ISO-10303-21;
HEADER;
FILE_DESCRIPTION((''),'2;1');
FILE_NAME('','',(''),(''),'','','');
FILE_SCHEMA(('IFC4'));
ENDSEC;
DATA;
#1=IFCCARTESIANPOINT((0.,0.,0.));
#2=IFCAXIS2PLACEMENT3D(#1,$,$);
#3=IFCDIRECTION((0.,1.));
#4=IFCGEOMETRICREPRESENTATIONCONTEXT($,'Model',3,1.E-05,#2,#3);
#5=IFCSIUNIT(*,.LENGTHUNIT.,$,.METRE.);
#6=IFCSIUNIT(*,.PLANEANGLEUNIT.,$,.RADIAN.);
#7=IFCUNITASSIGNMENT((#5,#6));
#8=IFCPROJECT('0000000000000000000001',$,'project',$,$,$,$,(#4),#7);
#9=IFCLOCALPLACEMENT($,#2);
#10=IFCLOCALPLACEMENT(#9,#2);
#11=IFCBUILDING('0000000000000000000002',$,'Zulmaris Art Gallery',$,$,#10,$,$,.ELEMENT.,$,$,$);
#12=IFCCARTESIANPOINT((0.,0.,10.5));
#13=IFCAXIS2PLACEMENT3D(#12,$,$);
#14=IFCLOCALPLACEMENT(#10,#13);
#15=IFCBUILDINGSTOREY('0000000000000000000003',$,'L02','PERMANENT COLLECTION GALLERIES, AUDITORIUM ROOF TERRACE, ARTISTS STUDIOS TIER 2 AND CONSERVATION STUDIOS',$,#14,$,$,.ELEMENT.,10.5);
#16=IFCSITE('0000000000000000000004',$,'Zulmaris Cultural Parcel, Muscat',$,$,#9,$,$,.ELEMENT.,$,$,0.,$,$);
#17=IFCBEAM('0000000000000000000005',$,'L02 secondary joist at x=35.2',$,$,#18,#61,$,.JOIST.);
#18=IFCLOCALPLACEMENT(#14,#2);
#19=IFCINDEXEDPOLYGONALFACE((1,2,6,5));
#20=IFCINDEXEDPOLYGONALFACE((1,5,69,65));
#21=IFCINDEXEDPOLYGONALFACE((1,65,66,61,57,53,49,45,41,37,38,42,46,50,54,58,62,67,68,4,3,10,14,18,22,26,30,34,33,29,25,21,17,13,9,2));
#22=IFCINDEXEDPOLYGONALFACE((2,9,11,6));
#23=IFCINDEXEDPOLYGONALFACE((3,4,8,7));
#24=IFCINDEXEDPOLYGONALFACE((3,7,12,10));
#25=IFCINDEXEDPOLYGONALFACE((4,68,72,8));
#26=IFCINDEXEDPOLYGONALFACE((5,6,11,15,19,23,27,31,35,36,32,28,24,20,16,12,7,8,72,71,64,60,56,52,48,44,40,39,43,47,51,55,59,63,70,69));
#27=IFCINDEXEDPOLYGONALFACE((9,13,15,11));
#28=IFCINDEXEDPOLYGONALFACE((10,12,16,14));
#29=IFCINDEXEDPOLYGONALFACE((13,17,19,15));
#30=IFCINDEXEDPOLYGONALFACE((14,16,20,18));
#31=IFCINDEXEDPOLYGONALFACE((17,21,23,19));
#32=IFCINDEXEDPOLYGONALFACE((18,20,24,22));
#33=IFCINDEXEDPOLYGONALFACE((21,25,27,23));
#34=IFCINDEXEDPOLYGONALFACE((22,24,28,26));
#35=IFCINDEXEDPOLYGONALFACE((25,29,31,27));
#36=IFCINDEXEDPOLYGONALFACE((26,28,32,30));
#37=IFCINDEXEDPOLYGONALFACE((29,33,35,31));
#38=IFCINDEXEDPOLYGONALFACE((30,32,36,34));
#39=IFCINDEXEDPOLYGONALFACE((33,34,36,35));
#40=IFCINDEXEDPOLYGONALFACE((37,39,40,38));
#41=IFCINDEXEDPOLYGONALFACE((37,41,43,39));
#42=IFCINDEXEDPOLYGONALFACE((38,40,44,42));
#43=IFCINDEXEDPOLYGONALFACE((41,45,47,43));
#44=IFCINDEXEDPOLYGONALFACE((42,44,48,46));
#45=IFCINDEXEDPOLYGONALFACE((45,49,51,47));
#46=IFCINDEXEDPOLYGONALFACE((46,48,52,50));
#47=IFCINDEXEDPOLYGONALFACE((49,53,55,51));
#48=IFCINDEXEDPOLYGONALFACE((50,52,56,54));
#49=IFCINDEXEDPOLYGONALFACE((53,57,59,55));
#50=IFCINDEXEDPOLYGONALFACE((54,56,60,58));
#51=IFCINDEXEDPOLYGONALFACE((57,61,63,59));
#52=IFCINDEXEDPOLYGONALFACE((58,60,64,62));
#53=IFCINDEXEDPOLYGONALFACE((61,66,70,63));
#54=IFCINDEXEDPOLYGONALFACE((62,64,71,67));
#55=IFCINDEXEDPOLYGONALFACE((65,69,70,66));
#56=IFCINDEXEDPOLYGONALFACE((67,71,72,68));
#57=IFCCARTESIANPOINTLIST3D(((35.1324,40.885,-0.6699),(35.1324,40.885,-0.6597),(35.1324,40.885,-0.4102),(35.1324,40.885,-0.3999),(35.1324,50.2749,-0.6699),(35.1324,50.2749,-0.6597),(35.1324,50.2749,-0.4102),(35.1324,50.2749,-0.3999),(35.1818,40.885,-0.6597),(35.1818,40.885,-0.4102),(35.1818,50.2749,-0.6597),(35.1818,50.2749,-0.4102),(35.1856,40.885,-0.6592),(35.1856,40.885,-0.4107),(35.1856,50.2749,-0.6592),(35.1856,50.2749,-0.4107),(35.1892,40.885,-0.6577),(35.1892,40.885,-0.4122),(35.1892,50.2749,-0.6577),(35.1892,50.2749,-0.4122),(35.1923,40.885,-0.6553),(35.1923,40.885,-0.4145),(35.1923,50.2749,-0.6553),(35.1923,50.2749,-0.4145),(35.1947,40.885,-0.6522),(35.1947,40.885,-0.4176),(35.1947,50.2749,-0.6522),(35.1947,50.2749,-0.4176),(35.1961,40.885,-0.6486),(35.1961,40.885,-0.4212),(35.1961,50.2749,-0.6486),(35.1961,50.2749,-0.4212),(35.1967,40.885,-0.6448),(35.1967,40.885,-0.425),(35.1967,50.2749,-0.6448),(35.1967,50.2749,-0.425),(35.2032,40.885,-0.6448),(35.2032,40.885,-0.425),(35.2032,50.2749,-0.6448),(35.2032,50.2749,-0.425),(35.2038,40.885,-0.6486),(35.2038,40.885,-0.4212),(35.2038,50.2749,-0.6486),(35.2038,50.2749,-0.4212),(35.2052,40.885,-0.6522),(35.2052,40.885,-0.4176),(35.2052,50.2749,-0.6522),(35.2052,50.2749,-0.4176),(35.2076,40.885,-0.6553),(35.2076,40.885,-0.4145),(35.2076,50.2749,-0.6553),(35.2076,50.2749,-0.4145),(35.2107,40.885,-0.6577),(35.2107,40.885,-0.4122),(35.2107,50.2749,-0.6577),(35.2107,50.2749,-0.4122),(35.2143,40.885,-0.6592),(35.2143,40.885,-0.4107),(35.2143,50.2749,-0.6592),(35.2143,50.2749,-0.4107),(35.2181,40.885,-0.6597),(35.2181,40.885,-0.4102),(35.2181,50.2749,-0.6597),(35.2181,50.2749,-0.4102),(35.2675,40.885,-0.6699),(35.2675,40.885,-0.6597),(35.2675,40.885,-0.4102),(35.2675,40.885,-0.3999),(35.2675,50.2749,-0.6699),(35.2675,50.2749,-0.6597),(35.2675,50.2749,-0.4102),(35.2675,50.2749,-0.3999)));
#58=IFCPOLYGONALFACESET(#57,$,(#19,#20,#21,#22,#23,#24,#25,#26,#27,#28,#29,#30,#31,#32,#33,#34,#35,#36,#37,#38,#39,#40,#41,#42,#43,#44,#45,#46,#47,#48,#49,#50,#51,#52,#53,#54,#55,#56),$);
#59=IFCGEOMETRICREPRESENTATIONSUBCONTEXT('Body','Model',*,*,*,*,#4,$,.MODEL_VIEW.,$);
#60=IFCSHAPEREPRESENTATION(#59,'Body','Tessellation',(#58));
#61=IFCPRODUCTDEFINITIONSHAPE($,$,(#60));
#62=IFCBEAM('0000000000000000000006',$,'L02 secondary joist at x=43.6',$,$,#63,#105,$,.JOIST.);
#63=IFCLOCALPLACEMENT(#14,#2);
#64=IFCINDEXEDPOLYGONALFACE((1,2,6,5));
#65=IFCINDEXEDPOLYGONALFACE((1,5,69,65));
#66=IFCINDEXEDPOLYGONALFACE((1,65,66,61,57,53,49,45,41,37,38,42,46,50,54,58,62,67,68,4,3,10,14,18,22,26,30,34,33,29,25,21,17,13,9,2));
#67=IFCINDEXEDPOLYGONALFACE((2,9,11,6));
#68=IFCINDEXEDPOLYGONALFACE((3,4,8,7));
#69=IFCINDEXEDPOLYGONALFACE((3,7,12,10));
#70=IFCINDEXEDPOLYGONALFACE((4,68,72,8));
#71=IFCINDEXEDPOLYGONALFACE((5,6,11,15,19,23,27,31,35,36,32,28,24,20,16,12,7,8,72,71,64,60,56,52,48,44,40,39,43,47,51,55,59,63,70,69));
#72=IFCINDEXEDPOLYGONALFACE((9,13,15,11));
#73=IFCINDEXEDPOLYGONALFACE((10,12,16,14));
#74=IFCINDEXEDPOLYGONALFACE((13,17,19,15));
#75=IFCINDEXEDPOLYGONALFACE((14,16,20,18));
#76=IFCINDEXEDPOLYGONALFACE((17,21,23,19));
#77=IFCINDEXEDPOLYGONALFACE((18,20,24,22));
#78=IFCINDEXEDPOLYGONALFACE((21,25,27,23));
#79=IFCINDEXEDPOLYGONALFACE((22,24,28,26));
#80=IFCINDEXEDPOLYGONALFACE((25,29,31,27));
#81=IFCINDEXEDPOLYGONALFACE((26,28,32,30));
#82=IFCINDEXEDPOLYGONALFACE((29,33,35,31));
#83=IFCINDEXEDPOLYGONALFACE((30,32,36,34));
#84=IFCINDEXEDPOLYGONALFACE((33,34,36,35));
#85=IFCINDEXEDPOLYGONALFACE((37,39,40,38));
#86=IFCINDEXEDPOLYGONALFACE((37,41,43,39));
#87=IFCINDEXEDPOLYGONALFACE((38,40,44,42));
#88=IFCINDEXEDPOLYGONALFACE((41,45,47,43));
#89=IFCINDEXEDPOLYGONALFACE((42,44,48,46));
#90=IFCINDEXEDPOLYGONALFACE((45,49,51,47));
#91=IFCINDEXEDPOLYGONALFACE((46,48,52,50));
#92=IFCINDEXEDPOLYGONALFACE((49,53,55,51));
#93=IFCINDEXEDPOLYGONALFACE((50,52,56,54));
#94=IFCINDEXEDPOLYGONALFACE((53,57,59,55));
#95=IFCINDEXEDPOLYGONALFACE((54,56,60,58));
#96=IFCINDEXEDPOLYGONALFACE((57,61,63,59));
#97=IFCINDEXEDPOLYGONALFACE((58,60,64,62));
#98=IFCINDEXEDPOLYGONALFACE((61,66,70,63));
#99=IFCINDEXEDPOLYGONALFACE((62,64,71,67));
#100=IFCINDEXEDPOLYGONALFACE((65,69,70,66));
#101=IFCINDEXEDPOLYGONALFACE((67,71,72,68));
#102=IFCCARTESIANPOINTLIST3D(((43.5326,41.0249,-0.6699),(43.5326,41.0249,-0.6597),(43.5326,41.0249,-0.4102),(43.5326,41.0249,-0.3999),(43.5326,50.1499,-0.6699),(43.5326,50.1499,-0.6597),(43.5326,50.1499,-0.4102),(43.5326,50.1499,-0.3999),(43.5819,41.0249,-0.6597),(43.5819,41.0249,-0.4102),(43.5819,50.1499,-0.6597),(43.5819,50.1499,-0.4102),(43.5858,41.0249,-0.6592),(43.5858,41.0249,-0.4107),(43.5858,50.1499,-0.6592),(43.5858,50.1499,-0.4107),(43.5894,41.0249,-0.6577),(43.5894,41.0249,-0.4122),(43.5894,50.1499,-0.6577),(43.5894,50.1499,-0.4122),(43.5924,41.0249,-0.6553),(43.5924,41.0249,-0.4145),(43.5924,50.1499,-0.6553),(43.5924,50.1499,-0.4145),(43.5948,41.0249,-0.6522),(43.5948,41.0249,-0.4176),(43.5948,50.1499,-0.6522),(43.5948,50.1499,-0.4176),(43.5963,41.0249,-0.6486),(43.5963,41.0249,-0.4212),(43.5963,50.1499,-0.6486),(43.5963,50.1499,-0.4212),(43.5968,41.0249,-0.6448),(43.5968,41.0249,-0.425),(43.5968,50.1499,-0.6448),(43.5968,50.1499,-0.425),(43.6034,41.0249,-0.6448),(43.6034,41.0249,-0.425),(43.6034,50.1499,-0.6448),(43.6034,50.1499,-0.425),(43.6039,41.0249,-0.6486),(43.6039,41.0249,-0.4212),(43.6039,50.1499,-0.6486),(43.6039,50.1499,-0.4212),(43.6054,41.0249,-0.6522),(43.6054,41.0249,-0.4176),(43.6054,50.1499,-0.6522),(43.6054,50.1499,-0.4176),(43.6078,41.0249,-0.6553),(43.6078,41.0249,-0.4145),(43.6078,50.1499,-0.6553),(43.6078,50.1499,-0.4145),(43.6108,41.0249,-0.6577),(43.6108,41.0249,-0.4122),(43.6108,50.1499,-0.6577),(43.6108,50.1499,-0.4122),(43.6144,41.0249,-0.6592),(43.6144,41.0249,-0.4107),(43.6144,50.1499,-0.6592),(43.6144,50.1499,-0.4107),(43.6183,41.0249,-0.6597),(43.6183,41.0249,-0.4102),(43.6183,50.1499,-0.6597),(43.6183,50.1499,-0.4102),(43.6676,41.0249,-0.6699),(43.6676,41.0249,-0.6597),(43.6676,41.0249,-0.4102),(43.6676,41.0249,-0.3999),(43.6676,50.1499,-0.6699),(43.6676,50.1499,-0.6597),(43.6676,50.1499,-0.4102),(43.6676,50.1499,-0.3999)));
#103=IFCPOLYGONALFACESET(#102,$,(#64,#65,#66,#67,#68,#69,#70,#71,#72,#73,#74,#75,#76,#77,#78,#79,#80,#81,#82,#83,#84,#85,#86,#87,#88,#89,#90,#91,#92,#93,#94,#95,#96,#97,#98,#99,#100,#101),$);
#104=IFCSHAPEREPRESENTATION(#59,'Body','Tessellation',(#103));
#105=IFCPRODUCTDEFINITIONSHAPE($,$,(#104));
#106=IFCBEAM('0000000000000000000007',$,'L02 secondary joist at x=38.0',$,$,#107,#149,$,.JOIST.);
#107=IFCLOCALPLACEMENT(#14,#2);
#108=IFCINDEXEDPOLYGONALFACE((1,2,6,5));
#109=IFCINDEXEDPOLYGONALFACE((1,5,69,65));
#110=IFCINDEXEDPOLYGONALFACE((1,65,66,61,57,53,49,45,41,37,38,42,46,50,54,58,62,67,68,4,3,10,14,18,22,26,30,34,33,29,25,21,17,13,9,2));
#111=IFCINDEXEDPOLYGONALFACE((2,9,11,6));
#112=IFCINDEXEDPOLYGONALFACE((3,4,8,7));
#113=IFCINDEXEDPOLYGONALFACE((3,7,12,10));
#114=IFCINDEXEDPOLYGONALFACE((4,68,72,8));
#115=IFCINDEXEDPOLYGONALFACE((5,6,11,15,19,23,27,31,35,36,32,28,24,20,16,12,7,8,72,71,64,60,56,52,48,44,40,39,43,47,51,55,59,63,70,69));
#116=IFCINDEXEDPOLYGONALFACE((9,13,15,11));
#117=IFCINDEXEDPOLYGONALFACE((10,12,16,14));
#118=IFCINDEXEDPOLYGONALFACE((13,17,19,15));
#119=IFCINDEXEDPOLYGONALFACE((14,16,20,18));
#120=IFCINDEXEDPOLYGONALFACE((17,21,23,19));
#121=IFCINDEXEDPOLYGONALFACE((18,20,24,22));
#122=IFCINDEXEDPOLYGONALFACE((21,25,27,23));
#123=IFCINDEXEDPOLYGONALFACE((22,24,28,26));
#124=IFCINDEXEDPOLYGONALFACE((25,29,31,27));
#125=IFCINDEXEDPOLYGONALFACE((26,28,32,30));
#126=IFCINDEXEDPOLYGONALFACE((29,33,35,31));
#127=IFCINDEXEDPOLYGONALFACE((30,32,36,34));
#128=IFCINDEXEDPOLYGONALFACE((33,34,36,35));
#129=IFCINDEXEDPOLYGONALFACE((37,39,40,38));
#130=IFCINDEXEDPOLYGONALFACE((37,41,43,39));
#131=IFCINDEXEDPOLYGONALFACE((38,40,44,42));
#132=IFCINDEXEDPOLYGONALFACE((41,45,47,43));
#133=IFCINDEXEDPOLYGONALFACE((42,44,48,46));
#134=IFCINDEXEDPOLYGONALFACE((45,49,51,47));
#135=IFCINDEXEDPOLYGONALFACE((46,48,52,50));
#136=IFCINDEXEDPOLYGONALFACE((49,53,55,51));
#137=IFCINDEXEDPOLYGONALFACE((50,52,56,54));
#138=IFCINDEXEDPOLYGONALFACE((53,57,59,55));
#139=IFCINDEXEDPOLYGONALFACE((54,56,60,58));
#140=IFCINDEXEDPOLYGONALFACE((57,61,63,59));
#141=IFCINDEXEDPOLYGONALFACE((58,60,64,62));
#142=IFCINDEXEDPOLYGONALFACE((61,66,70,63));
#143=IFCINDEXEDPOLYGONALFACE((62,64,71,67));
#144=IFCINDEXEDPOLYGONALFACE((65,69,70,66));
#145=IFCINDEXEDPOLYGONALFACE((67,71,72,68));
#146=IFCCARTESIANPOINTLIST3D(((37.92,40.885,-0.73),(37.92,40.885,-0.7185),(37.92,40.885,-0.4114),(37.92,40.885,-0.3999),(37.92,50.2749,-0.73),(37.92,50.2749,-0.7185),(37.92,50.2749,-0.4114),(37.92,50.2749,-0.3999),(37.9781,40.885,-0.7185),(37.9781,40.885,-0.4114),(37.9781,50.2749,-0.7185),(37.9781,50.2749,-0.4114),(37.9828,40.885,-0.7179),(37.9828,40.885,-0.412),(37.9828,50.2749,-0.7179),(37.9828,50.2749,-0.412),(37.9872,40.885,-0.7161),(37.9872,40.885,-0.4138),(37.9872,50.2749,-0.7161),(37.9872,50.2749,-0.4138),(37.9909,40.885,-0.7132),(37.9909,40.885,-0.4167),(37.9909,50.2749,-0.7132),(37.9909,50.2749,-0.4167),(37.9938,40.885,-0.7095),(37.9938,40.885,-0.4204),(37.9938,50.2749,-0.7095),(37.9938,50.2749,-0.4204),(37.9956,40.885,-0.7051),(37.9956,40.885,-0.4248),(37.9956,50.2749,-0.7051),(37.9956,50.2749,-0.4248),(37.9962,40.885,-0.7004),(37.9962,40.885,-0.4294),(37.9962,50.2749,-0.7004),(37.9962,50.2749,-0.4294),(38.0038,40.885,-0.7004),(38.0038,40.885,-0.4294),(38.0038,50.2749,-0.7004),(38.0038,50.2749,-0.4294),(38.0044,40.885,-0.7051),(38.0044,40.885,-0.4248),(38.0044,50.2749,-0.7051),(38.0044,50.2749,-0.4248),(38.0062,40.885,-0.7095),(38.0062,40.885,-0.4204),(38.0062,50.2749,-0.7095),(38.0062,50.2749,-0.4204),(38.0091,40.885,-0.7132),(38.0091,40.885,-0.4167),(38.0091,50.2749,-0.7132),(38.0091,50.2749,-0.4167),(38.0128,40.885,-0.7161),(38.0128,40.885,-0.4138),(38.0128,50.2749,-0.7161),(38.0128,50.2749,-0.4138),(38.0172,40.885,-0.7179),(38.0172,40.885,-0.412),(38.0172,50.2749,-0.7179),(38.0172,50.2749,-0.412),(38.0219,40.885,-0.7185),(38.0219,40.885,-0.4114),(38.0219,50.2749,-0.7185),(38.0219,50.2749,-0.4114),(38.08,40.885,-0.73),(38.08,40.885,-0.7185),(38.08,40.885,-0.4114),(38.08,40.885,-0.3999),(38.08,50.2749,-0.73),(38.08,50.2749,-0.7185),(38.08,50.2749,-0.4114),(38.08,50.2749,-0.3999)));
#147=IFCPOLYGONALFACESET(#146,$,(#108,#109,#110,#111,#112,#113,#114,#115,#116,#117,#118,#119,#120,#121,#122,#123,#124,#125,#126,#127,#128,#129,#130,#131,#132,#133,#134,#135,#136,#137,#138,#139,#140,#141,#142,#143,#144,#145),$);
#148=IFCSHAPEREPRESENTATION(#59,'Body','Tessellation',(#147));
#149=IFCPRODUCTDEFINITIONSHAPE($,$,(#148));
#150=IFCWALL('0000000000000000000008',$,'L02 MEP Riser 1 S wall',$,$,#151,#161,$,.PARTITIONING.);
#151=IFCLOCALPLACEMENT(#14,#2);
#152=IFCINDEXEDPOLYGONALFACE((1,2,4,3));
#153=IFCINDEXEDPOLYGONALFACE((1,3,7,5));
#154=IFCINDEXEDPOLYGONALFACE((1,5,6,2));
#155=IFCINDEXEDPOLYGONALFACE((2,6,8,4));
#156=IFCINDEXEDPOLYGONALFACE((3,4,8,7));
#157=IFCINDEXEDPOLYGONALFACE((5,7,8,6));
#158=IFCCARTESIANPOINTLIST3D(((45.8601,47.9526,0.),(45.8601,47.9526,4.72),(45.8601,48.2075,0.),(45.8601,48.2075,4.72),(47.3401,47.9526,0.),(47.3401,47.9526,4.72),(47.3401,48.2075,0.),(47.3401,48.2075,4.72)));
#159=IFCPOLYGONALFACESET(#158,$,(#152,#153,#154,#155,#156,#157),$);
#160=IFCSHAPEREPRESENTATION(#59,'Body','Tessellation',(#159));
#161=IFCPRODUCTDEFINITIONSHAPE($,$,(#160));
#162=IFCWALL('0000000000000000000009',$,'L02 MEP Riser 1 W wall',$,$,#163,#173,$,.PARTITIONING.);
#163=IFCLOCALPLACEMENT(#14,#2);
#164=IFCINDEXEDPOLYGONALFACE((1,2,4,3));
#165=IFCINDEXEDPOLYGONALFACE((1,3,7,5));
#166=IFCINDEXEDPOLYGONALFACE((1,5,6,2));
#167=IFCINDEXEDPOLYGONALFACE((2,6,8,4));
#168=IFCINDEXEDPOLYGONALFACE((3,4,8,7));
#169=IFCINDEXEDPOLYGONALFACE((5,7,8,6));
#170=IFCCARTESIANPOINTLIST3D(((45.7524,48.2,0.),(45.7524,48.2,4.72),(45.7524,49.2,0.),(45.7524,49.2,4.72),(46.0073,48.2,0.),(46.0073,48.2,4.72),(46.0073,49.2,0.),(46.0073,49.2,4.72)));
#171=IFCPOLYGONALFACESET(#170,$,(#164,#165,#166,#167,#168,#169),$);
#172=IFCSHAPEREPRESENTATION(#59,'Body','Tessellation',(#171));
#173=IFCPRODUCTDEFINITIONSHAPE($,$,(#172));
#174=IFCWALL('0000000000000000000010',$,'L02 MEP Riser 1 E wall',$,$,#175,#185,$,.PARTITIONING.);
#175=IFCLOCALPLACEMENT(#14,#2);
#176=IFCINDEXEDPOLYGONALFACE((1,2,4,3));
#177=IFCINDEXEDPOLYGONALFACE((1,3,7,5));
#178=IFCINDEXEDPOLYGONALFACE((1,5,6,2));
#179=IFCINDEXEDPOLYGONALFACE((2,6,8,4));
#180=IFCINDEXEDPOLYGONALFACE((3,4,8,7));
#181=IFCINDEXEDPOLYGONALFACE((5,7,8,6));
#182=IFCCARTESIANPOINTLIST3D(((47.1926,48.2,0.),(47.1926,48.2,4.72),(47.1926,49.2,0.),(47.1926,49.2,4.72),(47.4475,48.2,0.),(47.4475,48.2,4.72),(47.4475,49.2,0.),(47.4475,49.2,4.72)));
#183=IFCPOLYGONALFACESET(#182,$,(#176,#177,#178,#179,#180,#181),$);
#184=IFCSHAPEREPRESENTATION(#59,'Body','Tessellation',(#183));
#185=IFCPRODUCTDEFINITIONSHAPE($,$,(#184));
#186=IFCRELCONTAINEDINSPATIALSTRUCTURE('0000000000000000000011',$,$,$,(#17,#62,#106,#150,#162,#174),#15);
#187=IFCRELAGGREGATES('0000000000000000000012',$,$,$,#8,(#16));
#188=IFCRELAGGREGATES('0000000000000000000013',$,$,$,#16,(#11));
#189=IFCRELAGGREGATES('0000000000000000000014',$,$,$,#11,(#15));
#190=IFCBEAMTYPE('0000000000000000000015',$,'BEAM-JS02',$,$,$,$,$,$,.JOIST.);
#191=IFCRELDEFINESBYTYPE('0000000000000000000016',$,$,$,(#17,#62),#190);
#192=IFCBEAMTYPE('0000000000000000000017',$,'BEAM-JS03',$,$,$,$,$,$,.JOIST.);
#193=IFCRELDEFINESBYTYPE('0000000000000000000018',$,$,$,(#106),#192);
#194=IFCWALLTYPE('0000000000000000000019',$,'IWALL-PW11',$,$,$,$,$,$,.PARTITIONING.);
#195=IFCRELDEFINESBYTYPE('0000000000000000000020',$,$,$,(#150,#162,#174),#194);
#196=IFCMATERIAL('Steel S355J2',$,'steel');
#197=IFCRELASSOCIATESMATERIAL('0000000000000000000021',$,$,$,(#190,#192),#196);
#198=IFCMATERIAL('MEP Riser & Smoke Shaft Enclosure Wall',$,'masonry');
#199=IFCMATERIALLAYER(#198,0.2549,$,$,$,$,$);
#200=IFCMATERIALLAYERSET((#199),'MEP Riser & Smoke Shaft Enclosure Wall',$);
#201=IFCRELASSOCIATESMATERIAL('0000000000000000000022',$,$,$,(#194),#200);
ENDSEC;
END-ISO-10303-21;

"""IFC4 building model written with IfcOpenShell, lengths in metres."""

from ifc_helpers import new_model, si_unit, direction, frame, frame_2d, origin, origin_2d, place, context, subcontext, project, spatial, rectangle, i_section, extrude, material, layer, layer_set, material_profile, profile_set, type_object, element, save


model = new_model("IFC4")

# Units and contexts
model_context = context("Model", 3, precision=1e-05, world=origin(), true_north=direction((0.0, 1.0)))
body_context = subcontext(model_context, "Body", "Model", "MODEL_VIEW")
ifc_project = project(units=[si_unit("LENGTHUNIT", "METRE"), si_unit("PLANEANGLEUNIT", "RADIAN")], contexts=[model_context])

# Site, building, storey
site_placement = place(None, origin())
site = spatial("IfcSite", under=ifc_project, at=site_placement, Name="Zulmaris Cultural Parcel, Muscat", CompositionType="ELEMENT", RefElevation=0.0)
building_placement = place(site_placement, origin())
building = spatial("IfcBuilding", under=site, at=building_placement, Name="Zulmaris Art Gallery", CompositionType="ELEMENT")
storey_placement = place(building_placement, frame((0.0, 0.0, 10.5)))
storey = spatial("IfcBuildingStorey", under=building, at=storey_placement, Name="L02", Description="PERMANENT COLLECTION GALLERIES, AUDITORIUM ROOF TERRACE, ARTISTS STUDIOS TIER 2 AND CONSERVATION STUDIOS", CompositionType="ELEMENT", Elevation=10.5)

# Beams
ifc_material_1 = material(Name="Steel S355J2", Category="steel")
ifc_material_profile_1 = material_profile(ifc_material_1, i_section(OverallWidth=0.135, OverallDepth=0.27, WebThickness=0.0066, FlangeThickness=0.0103, FilletRadius=0.0149, at=origin_2d()), Name="IPE 270")
ifc_profile_set_1 = profile_set([ifc_material_profile_1], Name="Steel S355J2")
beam_type_1 = type_object("IfcBeamType", Name="BEAM-JS02", PredefinedType="JOIST", material=ifc_profile_set_1)
beam_1_placement = place(storey_placement, frame((35.2, 40.885, -0.5349), z_axis=(0.0, 1.0, 0.0), x_axis=(-1.0, 0.0, 0.0)))
element("IfcBeam", 1, at=beam_1_placement, inside=storey, type_object=beam_type_1, Name="L02 secondary joist at x=35.2", PredefinedType="JOIST", context=body_context, shape_type="SweptSolid", body=[
    extrude(i_section(OverallWidth=0.135, OverallDepth=0.27, WebThickness=0.0066, FlangeThickness=0.0103, FilletRadius=0.0149, at=origin_2d()), origin(), (0.0, 0.0, 1.0), 9.3899),
])
beam_2_placement = place(storey_placement, frame((43.6001, 41.0249, -0.5349), z_axis=(0.0, 1.0, 0.0), x_axis=(-1.0, 0.0, 0.0)))
element("IfcBeam", 2, at=beam_2_placement, inside=storey, type_object=beam_type_1, Name="L02 secondary joist at x=43.6", PredefinedType="JOIST", context=body_context, shape_type="SweptSolid", body=[
    extrude(i_section(OverallWidth=0.135, OverallDepth=0.27, WebThickness=0.0066, FlangeThickness=0.0103, FilletRadius=0.0149, at=origin_2d()), origin(), (0.0, 0.0, 1.0), 9.125),
])
ifc_material_profile_2 = material_profile(ifc_material_1, i_section(OverallWidth=0.1599, OverallDepth=0.3301, WebThickness=0.0076, FlangeThickness=0.0115, FilletRadius=0.0181, at=origin_2d()), Name="IPE 330")
ifc_profile_set_2 = profile_set([ifc_material_profile_2], Name="Steel S355J2")
beam_type_2 = type_object("IfcBeamType", Name="BEAM-JS03", PredefinedType="JOIST", material=ifc_profile_set_2)
beam_3_placement = place(storey_placement, frame((38.0, 40.885, -0.5649), z_axis=(0.0, 1.0, 0.0), x_axis=(-1.0, 0.0, 0.0)))
element("IfcBeam", 3, at=beam_3_placement, inside=storey, type_object=beam_type_2, Name="L02 secondary joist at x=38.0", PredefinedType="JOIST", context=body_context, shape_type="SweptSolid", body=[
    extrude(i_section(OverallWidth=0.1599, OverallDepth=0.3301, WebThickness=0.0076, FlangeThickness=0.0115, FilletRadius=0.0181, at=origin_2d()), origin(), (0.0, 0.0, 1.0), 9.3899),
])

# Walls
ifc_material_2 = material(Name="MEP Riser & Smoke Shaft Enclosure Wall", Category="masonry")
ifc_layer = layer(ifc_material_2, 0.2549)
ifc_layer_set = layer_set([ifc_layer], Name="MEP Riser & Smoke Shaft Enclosure Wall")
wall_type = type_object("IfcWallType", Name="IWALL-PW11", PredefinedType="PARTITIONING", material=ifc_layer_set)
wall_placement = place(storey_placement, frame((45.8601, 48.0801, 0.0), z_axis=(0.0, 0.0, 1.0), x_axis=(1.0, 0.0, 0.0)))
element("IfcWall", 4, at=wall_placement, inside=storey, type_object=wall_type, Name="L02 MEP Riser 1 S wall", PredefinedType="PARTITIONING", context=body_context, shape_type="SweptSolid", body=[
    extrude(rectangle(XDim=1.48, YDim=0.2549, at=frame_2d((0.74, 0.0))), origin(), (0.0, 0.0, 1.0), 4.72),
])
for number, where, z_axis, x_axis, name in (
    (5, (45.8799, 48.2, 0.0), (0.0, 0.0, 1.0), (0.0, 1.0, 0.0), "L02 MEP Riser 1 W wall"),
    (6, (47.3201, 48.2, 0.0), (0.0, 0.0, 1.0), (0.0, 1.0, 0.0), "L02 MEP Riser 1 E wall"),
):
    element("IfcWall", number, at=place(storey_placement, frame(where, z_axis=z_axis, x_axis=x_axis)), inside=storey, type_object=wall_type, Name=name, PredefinedType="PARTITIONING", context=body_context, shape_type="SweptSolid", body=[
        extrude(rectangle(XDim=1.0, YDim=0.2549, at=frame_2d((0.5, 0.0))), origin(), (0.0, 0.0, 1.0), 4.72),
    ])

save(model, "model.ifc")
